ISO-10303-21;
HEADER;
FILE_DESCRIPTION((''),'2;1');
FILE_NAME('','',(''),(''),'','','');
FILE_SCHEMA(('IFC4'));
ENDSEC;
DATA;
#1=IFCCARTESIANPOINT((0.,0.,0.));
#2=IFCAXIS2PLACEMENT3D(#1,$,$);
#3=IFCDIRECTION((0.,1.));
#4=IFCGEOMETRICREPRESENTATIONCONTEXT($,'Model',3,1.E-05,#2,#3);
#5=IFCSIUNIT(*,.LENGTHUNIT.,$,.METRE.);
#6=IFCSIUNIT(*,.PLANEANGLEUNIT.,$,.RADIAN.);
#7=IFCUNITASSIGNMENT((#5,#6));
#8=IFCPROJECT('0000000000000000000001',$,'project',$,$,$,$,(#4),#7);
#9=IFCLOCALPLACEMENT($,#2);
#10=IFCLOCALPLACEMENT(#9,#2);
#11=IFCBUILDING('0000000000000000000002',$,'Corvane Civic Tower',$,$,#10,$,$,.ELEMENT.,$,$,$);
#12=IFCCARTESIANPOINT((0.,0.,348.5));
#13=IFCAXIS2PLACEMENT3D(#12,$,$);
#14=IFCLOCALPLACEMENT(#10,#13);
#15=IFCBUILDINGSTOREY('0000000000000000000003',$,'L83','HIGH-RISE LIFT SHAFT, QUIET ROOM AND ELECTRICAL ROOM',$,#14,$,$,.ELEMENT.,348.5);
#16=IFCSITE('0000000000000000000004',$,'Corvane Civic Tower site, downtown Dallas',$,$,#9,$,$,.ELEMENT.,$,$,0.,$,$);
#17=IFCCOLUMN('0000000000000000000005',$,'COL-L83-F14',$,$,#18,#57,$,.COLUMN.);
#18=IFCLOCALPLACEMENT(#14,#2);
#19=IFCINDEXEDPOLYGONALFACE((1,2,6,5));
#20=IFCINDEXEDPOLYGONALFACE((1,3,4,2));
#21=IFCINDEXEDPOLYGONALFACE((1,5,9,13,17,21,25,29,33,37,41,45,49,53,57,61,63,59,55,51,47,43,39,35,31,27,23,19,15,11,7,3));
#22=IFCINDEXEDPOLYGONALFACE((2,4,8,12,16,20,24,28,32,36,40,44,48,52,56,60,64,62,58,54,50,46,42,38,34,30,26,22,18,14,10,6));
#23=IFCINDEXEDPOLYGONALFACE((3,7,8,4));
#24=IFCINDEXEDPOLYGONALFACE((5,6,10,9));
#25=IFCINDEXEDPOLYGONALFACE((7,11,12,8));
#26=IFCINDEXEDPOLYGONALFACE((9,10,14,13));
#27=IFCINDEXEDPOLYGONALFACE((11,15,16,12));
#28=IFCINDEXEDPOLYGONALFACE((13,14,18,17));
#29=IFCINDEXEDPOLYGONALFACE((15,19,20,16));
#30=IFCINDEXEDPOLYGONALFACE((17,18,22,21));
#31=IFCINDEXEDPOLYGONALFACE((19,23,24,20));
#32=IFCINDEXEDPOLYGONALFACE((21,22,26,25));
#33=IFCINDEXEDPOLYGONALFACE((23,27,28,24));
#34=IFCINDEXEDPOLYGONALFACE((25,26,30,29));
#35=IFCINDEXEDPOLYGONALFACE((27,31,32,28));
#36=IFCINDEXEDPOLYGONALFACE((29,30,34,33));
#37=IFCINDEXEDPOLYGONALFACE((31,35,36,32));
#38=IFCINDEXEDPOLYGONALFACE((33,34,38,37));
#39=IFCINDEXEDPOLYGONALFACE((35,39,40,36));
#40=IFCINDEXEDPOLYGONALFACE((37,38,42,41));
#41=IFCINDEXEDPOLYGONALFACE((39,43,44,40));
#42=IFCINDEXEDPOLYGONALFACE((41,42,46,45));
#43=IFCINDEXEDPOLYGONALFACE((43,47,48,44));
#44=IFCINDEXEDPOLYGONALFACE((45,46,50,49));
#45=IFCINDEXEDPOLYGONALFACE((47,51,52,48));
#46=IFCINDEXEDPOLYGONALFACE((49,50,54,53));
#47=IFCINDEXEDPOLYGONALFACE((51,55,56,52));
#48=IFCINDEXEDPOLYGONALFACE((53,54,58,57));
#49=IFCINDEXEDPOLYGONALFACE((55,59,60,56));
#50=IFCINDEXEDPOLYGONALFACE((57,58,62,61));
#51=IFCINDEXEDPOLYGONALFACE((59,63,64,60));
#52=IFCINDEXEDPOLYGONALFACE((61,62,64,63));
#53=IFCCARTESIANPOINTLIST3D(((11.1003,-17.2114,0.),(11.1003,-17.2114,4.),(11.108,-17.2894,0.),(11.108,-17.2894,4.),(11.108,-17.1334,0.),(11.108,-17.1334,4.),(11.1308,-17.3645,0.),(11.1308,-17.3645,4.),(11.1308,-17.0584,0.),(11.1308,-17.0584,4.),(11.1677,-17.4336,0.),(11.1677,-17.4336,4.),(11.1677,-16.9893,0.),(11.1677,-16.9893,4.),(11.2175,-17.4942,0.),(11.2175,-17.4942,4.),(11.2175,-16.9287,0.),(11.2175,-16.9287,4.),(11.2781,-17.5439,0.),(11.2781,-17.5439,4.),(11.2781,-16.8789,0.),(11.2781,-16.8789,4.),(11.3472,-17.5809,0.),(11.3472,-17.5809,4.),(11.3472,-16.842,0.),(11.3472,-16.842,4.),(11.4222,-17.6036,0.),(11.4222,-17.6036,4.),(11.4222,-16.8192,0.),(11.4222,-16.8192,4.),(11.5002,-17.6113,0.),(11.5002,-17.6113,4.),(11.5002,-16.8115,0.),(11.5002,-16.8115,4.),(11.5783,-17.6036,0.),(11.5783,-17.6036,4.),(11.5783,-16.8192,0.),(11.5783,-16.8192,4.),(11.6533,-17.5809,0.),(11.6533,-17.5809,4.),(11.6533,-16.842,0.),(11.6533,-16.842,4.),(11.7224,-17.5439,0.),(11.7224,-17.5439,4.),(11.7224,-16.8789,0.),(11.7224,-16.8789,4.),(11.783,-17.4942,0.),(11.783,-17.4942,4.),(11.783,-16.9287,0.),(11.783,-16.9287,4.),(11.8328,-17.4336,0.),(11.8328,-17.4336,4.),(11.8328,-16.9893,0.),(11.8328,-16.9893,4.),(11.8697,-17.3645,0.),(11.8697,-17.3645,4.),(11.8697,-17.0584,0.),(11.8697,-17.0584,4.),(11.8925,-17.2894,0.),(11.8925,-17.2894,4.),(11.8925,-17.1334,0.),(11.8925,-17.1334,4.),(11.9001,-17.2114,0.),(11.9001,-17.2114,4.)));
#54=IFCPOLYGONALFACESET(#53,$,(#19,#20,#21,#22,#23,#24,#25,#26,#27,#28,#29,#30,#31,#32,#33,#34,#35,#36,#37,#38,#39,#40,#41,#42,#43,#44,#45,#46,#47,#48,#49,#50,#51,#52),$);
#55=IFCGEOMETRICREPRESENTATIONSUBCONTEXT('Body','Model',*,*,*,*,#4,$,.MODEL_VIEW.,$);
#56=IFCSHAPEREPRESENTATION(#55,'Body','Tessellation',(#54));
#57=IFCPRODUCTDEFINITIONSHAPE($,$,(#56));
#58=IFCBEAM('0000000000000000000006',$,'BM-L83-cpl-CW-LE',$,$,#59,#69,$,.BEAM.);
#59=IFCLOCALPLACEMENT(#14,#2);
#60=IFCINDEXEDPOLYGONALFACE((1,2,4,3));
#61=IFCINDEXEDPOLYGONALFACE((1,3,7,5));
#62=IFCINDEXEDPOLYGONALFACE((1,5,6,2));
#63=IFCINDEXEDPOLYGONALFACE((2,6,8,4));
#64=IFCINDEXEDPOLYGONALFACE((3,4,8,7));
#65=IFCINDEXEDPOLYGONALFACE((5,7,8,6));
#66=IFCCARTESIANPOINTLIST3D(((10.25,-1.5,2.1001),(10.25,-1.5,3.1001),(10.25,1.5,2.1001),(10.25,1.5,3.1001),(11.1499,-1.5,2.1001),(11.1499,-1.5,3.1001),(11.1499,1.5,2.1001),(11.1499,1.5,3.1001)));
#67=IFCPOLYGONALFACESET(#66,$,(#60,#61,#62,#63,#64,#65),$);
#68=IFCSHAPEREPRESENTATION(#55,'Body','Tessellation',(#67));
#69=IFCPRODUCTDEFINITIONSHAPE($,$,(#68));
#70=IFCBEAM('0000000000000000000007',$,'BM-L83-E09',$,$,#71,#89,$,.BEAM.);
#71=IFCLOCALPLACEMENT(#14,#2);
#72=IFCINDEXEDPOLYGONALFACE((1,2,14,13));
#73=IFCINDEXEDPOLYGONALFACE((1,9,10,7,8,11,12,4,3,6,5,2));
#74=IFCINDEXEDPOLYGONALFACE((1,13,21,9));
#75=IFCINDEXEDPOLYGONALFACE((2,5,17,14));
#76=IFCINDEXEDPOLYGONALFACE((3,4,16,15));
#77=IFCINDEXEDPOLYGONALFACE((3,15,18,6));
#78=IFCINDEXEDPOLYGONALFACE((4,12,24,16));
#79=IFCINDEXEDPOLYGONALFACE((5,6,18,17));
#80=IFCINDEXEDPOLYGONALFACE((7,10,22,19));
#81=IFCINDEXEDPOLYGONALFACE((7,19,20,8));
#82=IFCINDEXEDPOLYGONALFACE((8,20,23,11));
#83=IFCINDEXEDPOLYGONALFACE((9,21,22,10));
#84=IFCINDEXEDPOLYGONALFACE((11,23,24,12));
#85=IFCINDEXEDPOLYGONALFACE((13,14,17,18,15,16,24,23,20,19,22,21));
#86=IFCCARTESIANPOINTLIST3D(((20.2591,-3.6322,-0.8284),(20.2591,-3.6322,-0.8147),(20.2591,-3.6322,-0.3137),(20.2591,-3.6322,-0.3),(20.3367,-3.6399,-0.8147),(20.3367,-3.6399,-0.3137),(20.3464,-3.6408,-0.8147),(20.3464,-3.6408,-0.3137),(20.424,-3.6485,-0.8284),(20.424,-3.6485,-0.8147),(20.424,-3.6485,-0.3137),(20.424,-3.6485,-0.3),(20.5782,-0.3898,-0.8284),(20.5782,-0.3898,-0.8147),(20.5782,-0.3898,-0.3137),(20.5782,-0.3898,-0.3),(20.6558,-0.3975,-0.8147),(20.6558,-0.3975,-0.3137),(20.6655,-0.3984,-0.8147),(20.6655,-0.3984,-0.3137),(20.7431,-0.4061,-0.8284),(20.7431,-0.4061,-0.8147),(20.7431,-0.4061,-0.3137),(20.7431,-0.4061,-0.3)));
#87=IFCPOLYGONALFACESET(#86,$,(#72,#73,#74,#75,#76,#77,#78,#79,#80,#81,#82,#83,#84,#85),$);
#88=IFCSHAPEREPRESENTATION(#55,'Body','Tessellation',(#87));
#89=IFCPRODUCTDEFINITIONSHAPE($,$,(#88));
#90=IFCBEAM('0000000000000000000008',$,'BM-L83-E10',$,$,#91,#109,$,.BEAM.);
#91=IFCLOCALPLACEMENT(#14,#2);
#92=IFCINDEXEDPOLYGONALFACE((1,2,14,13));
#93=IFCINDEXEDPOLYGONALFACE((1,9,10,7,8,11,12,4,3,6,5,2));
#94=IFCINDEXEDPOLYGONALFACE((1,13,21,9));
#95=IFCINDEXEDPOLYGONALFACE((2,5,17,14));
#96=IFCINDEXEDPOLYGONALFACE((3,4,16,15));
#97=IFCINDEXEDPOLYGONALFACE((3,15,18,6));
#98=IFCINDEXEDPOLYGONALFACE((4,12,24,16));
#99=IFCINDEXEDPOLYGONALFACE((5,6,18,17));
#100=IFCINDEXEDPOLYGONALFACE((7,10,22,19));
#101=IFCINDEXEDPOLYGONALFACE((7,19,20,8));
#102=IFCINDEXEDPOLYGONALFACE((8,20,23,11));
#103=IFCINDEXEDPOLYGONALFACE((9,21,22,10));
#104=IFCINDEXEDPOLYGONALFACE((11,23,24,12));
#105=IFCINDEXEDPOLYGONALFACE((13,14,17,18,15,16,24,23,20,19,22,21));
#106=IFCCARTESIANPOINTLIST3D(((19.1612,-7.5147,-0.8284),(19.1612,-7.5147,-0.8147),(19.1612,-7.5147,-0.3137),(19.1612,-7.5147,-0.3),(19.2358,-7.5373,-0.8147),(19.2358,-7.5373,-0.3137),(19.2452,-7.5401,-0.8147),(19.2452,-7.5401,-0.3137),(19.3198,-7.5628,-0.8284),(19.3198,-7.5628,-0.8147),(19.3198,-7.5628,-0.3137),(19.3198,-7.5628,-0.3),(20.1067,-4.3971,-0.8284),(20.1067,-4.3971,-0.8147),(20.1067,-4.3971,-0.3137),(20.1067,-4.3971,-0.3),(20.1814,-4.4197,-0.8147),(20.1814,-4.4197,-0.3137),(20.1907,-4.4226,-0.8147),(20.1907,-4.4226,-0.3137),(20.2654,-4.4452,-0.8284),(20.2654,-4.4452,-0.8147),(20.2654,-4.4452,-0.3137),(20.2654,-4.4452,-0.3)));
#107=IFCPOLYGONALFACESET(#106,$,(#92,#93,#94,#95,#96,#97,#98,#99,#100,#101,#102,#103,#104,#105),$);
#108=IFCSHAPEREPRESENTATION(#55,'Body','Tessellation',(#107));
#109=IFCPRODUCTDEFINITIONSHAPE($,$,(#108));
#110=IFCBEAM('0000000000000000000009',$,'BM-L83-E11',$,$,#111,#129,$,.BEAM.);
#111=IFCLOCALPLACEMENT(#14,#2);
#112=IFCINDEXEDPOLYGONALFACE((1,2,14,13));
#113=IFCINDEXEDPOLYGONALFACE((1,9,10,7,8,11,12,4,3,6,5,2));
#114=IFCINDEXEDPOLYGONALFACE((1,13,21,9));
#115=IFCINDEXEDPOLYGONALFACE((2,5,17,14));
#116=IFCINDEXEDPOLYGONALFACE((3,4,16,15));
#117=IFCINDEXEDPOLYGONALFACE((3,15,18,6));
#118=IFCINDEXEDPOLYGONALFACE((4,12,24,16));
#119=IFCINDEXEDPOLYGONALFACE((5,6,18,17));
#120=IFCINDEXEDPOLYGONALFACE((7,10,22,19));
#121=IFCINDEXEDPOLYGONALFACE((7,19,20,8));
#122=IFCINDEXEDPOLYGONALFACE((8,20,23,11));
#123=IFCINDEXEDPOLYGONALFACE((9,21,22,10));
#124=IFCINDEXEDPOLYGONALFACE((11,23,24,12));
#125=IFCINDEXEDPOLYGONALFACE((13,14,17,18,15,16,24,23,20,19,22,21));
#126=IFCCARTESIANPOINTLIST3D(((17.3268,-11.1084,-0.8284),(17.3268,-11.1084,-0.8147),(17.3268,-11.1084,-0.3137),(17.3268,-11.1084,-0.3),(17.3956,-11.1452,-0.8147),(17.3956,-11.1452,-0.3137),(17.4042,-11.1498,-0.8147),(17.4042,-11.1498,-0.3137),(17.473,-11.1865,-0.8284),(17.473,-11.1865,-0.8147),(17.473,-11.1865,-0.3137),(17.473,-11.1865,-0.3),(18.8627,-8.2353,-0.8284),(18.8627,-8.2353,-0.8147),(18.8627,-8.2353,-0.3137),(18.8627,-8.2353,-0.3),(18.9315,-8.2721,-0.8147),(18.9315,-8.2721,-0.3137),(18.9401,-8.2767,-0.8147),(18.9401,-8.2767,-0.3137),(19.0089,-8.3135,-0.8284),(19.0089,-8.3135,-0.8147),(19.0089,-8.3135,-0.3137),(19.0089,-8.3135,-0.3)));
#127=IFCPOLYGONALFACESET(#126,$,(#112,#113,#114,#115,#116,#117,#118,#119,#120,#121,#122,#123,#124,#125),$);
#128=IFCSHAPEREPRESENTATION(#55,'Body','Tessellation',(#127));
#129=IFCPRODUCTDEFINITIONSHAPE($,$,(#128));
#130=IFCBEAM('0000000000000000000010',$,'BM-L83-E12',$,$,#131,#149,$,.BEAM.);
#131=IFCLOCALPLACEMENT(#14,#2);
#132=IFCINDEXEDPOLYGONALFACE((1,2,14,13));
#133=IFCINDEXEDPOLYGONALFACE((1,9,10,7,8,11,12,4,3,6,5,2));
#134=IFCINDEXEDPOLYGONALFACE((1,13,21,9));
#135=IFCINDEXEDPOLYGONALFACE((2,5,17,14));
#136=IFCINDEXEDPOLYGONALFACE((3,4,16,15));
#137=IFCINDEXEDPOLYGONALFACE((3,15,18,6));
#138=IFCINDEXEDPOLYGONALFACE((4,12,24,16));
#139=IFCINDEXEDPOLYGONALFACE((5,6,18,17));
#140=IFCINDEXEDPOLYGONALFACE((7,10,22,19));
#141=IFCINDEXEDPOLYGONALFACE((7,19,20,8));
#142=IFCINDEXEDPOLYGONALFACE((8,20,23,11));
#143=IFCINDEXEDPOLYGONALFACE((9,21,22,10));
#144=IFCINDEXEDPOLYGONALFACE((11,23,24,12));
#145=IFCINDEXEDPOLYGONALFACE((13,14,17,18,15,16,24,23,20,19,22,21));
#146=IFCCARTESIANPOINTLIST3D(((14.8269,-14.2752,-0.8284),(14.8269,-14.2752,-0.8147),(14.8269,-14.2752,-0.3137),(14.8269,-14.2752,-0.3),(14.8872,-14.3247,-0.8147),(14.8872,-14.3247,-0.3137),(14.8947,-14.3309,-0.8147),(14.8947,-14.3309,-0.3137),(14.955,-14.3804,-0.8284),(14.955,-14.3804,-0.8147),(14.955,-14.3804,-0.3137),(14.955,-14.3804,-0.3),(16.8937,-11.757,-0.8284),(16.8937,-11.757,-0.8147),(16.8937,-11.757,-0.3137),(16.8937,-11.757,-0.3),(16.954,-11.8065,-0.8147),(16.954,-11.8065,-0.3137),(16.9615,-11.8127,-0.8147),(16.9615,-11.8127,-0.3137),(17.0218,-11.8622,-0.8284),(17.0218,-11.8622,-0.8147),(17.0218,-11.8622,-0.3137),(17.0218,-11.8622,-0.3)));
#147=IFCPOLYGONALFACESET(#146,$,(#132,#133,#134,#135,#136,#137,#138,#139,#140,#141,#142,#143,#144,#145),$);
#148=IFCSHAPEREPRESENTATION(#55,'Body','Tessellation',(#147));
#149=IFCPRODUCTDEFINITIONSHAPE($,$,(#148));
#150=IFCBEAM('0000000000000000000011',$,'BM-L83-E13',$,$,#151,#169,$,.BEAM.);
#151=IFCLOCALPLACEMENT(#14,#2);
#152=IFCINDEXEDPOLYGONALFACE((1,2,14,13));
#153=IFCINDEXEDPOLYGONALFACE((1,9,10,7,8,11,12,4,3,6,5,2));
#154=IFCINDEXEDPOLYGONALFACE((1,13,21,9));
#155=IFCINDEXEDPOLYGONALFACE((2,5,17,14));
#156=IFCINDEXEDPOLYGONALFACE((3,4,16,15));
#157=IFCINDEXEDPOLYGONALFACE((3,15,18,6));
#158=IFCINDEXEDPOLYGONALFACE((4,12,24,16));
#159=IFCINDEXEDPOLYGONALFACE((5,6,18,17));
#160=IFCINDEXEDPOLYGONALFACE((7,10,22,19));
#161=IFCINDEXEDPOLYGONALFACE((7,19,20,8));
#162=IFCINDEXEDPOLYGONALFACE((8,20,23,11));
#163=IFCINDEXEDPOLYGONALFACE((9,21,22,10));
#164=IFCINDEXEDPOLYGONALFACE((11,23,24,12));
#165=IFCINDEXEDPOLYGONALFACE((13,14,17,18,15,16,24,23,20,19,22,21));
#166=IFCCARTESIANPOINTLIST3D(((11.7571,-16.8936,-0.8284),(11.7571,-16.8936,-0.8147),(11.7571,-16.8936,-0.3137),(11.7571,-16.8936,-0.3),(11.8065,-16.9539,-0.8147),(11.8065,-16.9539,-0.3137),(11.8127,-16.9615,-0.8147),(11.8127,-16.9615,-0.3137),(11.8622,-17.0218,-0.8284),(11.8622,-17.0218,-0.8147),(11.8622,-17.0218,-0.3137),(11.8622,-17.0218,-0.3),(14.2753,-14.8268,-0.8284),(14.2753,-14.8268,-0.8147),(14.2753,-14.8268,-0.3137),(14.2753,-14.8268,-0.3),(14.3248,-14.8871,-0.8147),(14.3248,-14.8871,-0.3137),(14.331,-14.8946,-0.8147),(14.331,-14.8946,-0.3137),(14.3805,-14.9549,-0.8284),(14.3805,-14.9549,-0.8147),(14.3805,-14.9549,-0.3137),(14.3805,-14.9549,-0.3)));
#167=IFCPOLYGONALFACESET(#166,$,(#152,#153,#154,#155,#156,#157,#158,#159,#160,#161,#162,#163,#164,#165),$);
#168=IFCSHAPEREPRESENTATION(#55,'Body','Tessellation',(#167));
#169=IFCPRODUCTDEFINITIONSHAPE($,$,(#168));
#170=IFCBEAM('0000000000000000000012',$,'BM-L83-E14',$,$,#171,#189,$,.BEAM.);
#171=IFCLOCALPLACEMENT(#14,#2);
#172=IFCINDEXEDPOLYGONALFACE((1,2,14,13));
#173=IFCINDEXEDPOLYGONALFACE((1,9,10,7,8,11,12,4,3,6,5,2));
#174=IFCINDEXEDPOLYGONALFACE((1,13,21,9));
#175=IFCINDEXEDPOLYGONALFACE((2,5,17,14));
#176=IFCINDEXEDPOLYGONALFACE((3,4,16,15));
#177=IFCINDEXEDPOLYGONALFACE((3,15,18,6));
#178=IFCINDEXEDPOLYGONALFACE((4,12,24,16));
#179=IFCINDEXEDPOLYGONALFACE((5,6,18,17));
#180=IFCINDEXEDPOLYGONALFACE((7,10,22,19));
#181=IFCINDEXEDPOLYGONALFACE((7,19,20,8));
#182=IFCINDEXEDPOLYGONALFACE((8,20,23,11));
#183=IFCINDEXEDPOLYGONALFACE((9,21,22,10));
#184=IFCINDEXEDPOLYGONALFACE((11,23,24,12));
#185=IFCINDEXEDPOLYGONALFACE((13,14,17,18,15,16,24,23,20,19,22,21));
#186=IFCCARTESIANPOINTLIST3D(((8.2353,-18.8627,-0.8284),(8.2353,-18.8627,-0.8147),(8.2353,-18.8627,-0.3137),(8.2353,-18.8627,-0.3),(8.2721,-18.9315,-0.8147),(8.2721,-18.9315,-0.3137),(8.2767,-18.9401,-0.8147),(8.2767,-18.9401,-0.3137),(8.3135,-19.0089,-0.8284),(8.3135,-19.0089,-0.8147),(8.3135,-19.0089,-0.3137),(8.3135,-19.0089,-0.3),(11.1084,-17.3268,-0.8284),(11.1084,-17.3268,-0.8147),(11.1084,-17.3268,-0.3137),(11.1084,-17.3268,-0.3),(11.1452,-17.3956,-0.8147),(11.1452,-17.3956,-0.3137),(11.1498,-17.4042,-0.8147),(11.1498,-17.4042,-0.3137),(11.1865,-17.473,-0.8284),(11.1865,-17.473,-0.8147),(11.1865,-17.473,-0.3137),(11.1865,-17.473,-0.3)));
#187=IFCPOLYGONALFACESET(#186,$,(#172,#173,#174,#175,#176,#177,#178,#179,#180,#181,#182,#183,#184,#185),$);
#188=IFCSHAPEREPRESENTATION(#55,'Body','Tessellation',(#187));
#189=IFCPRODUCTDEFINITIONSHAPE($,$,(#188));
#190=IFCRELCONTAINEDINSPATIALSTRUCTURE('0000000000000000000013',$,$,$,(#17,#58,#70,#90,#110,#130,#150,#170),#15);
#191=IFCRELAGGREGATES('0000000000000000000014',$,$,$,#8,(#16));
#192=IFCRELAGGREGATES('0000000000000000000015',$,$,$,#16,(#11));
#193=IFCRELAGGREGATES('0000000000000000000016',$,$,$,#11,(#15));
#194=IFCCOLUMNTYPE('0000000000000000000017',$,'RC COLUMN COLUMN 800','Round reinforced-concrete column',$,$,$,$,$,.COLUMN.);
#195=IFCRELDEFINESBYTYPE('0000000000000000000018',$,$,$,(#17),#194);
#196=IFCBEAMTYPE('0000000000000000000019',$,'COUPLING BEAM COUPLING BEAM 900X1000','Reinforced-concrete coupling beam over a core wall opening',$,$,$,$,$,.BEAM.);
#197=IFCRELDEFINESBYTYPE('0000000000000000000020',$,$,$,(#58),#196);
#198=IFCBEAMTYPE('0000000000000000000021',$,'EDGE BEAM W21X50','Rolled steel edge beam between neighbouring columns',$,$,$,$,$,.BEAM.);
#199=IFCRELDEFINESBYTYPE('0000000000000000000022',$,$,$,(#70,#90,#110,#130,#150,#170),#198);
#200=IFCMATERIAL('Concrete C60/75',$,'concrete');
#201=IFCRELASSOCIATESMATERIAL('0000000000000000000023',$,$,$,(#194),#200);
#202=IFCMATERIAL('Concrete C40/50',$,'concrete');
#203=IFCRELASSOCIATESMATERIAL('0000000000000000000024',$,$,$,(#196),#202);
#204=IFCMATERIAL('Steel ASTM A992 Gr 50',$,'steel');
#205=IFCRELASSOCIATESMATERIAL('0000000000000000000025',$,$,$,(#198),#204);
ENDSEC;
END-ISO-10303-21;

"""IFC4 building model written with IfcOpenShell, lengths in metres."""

from ifc_helpers import new_model, si_unit, direction, frame, origin, origin_2d, place, context, subcontext, project, spatial, rectangle, circle, i_section, extrude, material, material_profile, profile_set, type_object, element, save


model = new_model("IFC4")

# Units and contexts
model_context = context("Model", 3, precision=1e-05, world=origin(), true_north=direction((0.0, 1.0)))
body_context = subcontext(model_context, "Body", "Model", "MODEL_VIEW")
ifc_project = project(units=[si_unit("LENGTHUNIT", "METRE"), si_unit("PLANEANGLEUNIT", "RADIAN")], contexts=[model_context])

# Site, building, storey
site_placement = place(None, origin())
site = spatial("IfcSite", under=ifc_project, at=site_placement, Name="Corvane Civic Tower site, downtown Dallas", CompositionType="ELEMENT", RefElevation=0.0)
building_placement = place(site_placement, origin())
building = spatial("IfcBuilding", under=site, at=building_placement, Name="Corvane Civic Tower", CompositionType="ELEMENT")
storey_placement = place(building_placement, frame((0.0, 0.0, 348.5)))
storey = spatial("IfcBuildingStorey", under=building, at=storey_placement, Name="L83", Description="HIGH-RISE LIFT SHAFT, QUIET ROOM AND ELECTRICAL ROOM", CompositionType="ELEMENT", Elevation=348.5)

# Column
ifc_material_1 = material(Name="Concrete C60/75", Category="concrete")
ifc_material_profile_1 = material_profile(ifc_material_1, circle(Radius=0.3999, at=origin_2d()), Name="COLUMN 800")
ifc_profile_set_1 = profile_set([ifc_material_profile_1], Name="Concrete C60/75")
column_type = type_object("IfcColumnType", Name="RC COLUMN COLUMN 800", Description="Round reinforced-concrete column", PredefinedType="COLUMN", material=ifc_profile_set_1)
for number, where, z_axis, x_axis, name in (
    (1, (11.5002, -17.2114, 0.0), (0.0, 0.0, 1.0), (1.0, 0.0, 0.0), "COL-L83-F14"),
):
    element("IfcColumn", number, at=place(storey_placement, frame(where, z_axis=z_axis, x_axis=x_axis)), inside=storey, type_object=column_type, Name=name, PredefinedType="COLUMN", context=body_context, shape_type="SweptSolid", body=[
        extrude(circle(Radius=0.3999, at=origin_2d()), origin(), (0.0, 0.0, 1.0), 4.0),
    ])

# Beams
ifc_material_2 = material(Name="Concrete C40/50", Category="concrete")
ifc_material_profile_2 = material_profile(ifc_material_2, rectangle(XDim=0.8999, YDim=1.0, at=origin_2d()), Name="COUPLING BEAM 900X1000")
ifc_profile_set_2 = profile_set([ifc_material_profile_2], Name="Concrete C40/50")
beam_type_1 = type_object("IfcBeamType", Name="COUPLING BEAM COUPLING BEAM 900X1000", Description="Reinforced-concrete coupling beam over a core wall opening", PredefinedType="BEAM", material=ifc_profile_set_2)
beam_1_placement = place(storey_placement, frame((10.7, -1.5, 2.6001), z_axis=(0.0, 1.0, 0.0), x_axis=(-1.0, 0.0, 0.0)))
element("IfcBeam", 2, at=beam_1_placement, inside=storey, type_object=beam_type_1, Name="BM-L83-cpl-CW-LE", PredefinedType="BEAM", context=body_context, shape_type="SweptSolid", body=[
    extrude(rectangle(XDim=0.8999, YDim=1.0, at=origin_2d()), origin(), (0.0, 0.0, 1.0), 3.0),
])
ifc_material_3 = material(Name="Steel ASTM A992 Gr 50", Category="steel")
ifc_material_profile_3 = material_profile(ifc_material_3, i_section(OverallWidth=0.1658, OverallDepth=0.5283, WebThickness=0.0098, FlangeThickness=0.0137, at=origin_2d()), Name="W21X50")
ifc_profile_set_3 = profile_set([ifc_material_profile_3], Name="Steel ASTM A992 Gr 50")
beam_type_2 = type_object("IfcBeamType", Name="EDGE BEAM W21X50", Description="Rolled steel edge beam between neighbouring columns", PredefinedType="BEAM", material=ifc_profile_set_3)
beam_2_placement = place(storey_placement, frame((20.6606, -0.3979, -0.5642), z_axis=(-0.097938, -0.995193, 0.0), x_axis=(0.995193, -0.097938, 0.0)))
element("IfcBeam", 3, at=beam_2_placement, inside=storey, type_object=beam_type_2, Name="BM-L83-E09", PredefinedType="BEAM", context=body_context, shape_type="SweptSolid", body=[
    extrude(i_section(OverallWidth=0.1658, OverallDepth=0.5283, WebThickness=0.0098, FlangeThickness=0.0137, at=origin_2d()), origin(), (0.0, 0.0, 1.0), 3.2581),
])
for number, where, z_axis, x_axis, name in (
    (4, (20.186, -4.4211, -0.5642), (-0.290234, -0.956956, 0.0), (0.956956, -0.290234, 0.0), "BM-L83-E10"),
    (5, (18.9358, -8.2744, -0.5642), (-0.471448, -0.881894, 0.0), (0.881894, -0.471448, 0.0), "BM-L83-E11"),
    (6, (16.9578, -11.8096, -0.5642), (-0.634425, -0.772985, 0.0), (0.772985, -0.634425, 0.0), "BM-L83-E12"),
    (7, (14.3279, -14.8909, -0.5642), (-0.772985, -0.634425, 0.0), (0.634425, -0.772985, 0.0), "BM-L83-E13"),
    (8, (11.1475, -17.3999, -0.5642), (-0.881894, -0.471448, 0.0), (0.471448, -0.881894, 0.0), "BM-L83-E14"),
):
    element("IfcBeam", number, at=place(storey_placement, frame(where, z_axis=z_axis, x_axis=x_axis)), inside=storey, type_object=beam_type_2, Name=name, PredefinedType="BEAM", context=body_context, shape_type="SweptSolid", body=[
        extrude(i_section(OverallWidth=0.1658, OverallDepth=0.5283, WebThickness=0.0098, FlangeThickness=0.0137, at=origin_2d()), origin(), (0.0, 0.0, 1.0), 3.2578),
    ])

save(model, "model.ifc")
